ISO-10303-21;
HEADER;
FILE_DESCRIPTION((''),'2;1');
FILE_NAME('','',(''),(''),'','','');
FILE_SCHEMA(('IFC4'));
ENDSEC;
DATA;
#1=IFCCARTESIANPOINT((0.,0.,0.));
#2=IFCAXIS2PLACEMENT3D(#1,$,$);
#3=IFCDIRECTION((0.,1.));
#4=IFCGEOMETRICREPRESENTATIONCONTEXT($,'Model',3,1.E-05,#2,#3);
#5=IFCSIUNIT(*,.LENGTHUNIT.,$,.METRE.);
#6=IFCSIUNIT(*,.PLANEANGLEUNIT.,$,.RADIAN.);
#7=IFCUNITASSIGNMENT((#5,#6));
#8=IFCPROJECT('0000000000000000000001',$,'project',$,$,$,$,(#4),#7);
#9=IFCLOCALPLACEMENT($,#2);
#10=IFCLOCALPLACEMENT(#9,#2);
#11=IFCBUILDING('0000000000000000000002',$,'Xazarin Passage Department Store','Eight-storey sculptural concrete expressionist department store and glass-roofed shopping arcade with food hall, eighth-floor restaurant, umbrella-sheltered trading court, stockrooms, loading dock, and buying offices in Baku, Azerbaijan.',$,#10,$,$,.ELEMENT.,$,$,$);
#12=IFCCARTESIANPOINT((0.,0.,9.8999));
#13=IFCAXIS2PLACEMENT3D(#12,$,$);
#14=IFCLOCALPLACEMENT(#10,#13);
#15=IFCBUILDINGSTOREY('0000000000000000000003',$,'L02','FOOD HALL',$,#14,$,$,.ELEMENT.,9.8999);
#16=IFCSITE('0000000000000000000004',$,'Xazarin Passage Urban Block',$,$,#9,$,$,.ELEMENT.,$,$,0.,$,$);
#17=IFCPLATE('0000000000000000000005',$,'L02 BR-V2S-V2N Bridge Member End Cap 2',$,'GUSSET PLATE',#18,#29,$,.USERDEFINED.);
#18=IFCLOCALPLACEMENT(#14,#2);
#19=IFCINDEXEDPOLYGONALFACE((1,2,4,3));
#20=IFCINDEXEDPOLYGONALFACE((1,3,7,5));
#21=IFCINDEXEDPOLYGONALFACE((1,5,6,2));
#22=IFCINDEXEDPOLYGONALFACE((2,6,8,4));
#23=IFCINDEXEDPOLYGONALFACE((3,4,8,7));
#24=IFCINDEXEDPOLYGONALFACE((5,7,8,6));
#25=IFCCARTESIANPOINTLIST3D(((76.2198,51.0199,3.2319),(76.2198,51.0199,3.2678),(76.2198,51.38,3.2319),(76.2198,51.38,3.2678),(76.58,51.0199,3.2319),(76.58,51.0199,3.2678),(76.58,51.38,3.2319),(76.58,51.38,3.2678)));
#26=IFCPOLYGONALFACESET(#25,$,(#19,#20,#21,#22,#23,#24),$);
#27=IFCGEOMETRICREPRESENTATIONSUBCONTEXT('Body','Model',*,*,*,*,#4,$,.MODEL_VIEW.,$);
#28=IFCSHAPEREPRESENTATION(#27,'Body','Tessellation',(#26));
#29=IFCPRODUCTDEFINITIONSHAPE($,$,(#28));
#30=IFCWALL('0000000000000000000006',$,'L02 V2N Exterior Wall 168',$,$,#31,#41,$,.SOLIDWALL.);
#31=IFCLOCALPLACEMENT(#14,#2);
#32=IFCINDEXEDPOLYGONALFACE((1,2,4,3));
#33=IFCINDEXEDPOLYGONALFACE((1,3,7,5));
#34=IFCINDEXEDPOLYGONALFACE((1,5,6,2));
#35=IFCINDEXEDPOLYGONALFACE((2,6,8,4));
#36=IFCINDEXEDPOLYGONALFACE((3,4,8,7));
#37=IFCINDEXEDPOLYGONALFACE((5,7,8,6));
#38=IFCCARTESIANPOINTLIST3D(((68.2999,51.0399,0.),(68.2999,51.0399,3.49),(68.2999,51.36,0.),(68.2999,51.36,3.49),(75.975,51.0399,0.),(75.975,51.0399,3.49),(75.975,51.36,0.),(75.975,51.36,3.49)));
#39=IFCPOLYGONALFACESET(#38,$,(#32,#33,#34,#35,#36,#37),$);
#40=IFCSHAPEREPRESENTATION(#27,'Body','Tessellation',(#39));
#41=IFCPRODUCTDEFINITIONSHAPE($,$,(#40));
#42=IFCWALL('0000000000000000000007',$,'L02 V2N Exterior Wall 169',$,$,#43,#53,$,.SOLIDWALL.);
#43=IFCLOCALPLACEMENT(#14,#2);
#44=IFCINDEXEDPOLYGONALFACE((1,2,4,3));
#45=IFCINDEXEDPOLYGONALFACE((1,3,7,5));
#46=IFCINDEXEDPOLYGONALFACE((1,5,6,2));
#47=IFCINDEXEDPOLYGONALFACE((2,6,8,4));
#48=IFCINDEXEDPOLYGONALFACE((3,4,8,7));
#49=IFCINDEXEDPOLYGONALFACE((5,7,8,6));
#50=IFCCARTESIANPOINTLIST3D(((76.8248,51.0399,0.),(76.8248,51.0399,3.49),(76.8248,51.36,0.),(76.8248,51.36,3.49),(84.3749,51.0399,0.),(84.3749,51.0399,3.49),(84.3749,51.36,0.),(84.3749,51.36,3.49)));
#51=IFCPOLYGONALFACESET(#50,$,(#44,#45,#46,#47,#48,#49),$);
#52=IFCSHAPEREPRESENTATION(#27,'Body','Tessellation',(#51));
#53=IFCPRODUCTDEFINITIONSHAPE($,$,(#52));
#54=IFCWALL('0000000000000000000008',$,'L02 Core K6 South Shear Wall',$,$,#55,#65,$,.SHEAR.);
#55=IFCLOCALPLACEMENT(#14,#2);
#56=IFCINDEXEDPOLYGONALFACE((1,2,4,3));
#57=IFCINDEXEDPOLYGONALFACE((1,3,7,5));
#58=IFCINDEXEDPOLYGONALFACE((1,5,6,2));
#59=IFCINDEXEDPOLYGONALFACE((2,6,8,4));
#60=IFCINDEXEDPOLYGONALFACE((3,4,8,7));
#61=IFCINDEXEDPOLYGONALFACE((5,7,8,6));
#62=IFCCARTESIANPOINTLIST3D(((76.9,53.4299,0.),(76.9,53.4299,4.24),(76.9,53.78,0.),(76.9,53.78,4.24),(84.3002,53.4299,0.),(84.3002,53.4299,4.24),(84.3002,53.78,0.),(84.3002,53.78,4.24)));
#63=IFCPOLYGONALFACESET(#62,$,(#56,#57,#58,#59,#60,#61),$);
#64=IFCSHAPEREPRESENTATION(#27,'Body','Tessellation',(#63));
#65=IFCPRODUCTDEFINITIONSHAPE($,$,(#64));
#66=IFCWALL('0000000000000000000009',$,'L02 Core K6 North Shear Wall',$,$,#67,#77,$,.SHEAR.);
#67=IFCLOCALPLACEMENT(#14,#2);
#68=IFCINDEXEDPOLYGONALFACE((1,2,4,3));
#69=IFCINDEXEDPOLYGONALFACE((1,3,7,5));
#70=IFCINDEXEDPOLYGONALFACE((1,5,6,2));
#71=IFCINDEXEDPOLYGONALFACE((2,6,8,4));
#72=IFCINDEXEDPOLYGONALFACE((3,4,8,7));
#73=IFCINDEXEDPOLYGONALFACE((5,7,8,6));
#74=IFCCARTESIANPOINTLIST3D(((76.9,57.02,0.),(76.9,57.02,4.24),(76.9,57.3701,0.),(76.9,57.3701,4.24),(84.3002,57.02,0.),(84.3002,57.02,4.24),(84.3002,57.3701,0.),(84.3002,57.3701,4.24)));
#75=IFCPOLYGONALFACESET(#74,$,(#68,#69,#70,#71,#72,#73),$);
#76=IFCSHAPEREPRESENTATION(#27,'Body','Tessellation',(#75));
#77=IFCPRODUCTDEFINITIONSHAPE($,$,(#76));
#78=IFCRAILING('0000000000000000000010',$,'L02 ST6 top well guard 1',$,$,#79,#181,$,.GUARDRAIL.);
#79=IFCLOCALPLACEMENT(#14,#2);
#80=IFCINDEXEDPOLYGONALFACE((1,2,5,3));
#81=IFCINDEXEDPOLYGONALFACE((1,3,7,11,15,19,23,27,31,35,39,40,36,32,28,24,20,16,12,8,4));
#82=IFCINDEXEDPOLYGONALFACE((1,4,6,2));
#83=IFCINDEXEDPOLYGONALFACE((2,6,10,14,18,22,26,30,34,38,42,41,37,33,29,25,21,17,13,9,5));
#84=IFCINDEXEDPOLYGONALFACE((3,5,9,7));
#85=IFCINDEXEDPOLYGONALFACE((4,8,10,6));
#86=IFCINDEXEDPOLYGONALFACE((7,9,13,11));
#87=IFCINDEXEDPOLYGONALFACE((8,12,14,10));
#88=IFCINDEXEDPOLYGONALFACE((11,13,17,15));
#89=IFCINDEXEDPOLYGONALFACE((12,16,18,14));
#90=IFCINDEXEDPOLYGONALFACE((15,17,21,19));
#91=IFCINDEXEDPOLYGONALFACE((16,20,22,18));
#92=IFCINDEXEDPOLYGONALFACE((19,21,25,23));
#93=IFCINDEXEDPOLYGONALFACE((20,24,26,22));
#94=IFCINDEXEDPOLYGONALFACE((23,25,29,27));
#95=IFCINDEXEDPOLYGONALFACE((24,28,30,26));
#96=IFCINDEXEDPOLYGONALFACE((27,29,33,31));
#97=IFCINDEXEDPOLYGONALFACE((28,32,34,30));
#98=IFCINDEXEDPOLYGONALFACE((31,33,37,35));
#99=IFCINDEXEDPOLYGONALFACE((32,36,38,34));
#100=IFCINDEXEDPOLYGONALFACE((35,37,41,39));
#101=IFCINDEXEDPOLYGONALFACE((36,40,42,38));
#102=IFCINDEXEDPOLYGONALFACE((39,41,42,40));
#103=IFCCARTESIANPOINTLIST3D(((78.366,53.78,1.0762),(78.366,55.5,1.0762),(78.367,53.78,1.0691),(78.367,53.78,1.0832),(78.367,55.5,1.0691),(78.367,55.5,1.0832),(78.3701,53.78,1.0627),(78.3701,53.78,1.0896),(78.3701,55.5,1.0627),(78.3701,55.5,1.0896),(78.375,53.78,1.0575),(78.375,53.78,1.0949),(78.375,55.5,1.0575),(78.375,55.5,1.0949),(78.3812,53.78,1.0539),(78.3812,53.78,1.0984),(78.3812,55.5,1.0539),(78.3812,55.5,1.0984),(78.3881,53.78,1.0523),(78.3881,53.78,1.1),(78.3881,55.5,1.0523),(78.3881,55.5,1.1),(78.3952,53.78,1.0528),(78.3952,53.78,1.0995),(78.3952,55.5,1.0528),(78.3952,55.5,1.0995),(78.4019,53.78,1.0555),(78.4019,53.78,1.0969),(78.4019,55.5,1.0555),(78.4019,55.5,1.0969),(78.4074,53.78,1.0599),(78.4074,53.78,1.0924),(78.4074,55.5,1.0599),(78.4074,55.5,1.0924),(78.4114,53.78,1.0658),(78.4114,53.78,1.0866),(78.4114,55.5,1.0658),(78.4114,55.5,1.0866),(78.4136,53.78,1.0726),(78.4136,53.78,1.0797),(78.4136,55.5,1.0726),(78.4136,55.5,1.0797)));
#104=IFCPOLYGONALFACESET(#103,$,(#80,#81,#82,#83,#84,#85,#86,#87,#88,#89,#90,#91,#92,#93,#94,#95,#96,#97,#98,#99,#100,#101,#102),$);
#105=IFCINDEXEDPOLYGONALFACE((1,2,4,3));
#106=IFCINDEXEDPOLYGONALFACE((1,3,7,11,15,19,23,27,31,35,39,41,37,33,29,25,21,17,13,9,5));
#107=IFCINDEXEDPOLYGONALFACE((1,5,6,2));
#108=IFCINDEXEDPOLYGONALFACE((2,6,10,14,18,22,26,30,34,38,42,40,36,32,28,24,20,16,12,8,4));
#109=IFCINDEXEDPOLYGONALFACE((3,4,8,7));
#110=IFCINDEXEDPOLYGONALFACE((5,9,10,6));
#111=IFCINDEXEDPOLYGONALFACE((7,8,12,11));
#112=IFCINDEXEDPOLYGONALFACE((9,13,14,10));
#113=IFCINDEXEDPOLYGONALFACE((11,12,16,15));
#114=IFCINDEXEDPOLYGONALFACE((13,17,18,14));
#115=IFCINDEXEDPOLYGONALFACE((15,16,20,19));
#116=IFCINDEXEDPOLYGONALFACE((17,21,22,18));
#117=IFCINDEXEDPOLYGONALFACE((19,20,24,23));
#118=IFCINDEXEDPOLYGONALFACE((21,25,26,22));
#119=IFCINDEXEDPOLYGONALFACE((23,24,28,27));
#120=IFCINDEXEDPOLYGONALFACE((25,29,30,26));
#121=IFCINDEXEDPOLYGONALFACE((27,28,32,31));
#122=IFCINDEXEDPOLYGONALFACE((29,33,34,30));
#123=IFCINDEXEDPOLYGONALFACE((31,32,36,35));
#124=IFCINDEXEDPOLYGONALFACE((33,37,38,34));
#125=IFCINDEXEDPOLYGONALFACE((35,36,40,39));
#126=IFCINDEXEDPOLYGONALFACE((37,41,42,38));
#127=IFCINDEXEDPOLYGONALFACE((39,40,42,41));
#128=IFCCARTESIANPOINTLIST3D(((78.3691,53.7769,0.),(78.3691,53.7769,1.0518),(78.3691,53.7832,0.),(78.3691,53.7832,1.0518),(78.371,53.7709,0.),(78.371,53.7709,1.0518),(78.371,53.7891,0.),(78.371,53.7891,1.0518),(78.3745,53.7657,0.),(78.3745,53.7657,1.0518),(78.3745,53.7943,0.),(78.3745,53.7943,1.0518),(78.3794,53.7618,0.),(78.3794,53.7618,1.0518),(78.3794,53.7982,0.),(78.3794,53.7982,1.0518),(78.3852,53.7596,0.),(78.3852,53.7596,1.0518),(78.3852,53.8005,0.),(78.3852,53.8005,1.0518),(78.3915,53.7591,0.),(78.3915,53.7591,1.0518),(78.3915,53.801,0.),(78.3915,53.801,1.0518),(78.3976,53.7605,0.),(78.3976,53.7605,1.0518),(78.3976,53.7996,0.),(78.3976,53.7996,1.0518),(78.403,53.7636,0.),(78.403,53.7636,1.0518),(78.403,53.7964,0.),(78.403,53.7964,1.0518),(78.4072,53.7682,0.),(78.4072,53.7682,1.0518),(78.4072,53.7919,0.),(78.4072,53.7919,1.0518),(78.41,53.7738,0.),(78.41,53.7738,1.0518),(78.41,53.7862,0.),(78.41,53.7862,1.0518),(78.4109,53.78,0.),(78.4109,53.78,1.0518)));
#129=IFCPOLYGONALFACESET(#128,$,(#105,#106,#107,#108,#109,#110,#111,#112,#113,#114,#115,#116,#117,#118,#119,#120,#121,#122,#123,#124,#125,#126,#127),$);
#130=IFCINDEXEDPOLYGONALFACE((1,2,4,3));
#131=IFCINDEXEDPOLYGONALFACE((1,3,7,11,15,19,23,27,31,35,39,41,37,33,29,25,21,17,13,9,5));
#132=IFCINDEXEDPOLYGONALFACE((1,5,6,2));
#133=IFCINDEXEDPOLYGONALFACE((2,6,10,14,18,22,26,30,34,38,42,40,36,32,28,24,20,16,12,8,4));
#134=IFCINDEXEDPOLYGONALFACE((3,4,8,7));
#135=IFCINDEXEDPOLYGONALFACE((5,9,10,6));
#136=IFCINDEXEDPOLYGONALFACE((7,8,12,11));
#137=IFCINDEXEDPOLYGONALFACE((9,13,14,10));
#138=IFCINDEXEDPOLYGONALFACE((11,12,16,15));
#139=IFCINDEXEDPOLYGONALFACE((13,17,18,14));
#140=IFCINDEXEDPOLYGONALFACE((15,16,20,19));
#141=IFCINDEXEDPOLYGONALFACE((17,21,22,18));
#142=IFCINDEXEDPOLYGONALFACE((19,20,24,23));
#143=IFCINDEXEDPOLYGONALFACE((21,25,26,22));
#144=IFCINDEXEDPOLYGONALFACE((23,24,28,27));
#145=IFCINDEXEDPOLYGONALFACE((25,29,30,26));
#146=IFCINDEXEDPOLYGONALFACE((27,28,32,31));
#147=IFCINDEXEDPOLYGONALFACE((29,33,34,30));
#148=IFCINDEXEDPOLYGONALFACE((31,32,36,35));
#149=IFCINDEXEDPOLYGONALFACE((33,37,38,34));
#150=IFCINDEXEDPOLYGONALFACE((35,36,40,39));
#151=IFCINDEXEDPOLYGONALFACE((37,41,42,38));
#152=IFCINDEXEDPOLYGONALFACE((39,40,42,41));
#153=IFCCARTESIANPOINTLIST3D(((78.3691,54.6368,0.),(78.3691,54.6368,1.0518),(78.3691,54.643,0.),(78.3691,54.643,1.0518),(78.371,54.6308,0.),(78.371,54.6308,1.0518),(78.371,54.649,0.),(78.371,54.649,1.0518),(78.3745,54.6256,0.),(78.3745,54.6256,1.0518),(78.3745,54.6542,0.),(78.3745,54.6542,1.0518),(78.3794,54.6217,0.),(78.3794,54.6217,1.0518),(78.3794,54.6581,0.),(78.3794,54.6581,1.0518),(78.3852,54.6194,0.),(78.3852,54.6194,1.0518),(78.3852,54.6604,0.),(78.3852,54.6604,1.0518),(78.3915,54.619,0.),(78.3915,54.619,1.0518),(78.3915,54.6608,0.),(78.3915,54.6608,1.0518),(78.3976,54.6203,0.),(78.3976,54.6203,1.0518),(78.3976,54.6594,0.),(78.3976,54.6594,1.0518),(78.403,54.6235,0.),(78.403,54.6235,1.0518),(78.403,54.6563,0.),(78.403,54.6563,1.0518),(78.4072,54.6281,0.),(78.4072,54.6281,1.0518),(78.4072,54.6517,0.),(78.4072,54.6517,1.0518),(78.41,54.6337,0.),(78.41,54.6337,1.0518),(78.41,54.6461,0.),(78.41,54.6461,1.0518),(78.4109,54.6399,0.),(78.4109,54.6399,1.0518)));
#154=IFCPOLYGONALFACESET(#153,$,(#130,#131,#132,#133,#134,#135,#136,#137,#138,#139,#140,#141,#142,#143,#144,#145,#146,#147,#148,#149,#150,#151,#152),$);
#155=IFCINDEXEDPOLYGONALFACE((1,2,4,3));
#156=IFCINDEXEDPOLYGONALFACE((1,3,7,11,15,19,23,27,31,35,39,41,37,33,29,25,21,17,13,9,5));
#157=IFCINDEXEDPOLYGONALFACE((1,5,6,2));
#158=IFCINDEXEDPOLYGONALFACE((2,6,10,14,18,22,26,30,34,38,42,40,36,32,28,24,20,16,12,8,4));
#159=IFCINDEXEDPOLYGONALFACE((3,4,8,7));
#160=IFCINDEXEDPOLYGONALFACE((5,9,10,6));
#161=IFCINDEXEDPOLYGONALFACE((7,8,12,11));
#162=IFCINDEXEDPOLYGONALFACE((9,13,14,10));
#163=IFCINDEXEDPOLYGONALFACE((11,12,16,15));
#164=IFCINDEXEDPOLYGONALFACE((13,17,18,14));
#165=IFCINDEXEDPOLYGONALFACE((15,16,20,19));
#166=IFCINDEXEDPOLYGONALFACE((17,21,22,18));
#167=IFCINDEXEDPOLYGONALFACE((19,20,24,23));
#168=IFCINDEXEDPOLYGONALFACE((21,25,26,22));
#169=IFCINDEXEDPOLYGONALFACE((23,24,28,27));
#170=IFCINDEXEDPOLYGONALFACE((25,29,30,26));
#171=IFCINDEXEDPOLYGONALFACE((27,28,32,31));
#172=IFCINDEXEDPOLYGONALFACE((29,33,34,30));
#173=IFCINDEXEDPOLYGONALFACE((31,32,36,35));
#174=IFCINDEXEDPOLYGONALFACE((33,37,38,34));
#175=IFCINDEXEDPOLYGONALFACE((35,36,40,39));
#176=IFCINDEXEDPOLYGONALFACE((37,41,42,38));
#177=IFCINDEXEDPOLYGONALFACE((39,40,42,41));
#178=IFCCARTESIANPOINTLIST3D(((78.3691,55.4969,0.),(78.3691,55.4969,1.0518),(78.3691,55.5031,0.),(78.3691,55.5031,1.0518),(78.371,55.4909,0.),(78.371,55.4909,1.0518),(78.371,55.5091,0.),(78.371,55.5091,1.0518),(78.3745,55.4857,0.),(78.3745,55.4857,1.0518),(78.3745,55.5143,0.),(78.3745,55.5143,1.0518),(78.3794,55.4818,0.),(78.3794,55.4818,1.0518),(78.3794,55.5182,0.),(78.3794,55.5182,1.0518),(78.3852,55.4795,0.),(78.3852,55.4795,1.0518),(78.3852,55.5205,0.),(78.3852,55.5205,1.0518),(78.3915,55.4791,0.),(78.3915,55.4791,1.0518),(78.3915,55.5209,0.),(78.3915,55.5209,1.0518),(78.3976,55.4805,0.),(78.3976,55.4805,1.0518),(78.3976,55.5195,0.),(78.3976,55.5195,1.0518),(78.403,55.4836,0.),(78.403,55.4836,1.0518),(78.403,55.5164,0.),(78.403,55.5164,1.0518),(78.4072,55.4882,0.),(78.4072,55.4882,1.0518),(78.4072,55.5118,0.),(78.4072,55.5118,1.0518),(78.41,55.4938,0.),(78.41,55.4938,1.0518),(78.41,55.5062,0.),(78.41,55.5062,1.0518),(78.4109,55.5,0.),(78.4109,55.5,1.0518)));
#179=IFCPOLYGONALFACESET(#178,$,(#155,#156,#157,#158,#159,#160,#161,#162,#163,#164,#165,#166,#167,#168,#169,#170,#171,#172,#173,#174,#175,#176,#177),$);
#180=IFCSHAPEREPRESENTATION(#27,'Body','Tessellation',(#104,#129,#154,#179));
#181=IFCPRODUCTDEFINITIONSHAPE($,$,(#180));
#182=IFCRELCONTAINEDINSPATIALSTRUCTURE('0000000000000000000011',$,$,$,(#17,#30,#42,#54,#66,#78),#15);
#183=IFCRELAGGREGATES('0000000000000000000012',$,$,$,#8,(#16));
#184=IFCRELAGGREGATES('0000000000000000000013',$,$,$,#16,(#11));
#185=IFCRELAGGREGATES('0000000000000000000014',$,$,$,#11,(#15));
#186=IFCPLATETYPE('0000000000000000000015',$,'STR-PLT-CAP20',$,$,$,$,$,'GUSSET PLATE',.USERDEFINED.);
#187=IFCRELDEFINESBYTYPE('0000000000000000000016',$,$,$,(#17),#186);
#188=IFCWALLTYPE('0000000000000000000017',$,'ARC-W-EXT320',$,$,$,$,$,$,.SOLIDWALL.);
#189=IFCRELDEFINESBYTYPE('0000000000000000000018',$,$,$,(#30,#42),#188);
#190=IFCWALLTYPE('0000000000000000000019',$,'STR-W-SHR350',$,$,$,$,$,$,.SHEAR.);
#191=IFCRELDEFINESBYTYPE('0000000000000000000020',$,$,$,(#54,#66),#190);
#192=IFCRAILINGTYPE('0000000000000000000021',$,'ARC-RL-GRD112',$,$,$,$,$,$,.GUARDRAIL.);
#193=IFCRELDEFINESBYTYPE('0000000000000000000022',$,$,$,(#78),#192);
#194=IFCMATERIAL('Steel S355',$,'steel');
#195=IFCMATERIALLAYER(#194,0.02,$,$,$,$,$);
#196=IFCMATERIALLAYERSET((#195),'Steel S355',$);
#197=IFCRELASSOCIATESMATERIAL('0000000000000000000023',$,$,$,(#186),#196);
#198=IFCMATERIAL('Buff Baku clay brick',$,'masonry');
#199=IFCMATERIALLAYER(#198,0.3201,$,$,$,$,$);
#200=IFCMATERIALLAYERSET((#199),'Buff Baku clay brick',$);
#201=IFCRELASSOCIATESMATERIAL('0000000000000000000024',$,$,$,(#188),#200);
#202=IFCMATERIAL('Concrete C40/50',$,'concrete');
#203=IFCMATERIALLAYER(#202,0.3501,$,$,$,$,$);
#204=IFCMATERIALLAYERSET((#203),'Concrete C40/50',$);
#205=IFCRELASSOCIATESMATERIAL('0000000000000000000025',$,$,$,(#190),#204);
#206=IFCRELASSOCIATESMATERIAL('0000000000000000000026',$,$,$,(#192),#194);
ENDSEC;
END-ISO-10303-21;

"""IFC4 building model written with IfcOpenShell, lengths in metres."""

from ifc_helpers import new_model, si_unit, direction, frame, frame_2d, origin, origin_2d, place, context, subcontext, project, spatial, rectangle, circle, extrude, material, layer, layer_set, type_object, element, save


model = new_model("IFC4")

# Units and contexts
model_context = context("Model", 3, precision=1e-05, world=origin(), true_north=direction((0.0, 1.0)))
body_context = subcontext(model_context, "Body", "Model", "MODEL_VIEW")
ifc_project = project(units=[si_unit("LENGTHUNIT", "METRE"), si_unit("PLANEANGLEUNIT", "RADIAN")], contexts=[model_context])

# Site, building, storey
site_placement = place(None, origin())
site = spatial("IfcSite", under=ifc_project, at=site_placement, Name="Xazarin Passage Urban Block", CompositionType="ELEMENT", RefElevation=0.0)
building_placement = place(site_placement, origin())
building = spatial("IfcBuilding", under=site, at=building_placement, Name="Xazarin Passage Department Store", Description="Eight-storey sculptural concrete expressionist department store and glass-roofed shopping arcade with food hall, eighth-floor restaurant, umbrella-sheltered trading court, stockrooms, loading dock, and buying offices in Baku, Azerbaijan.", CompositionType="ELEMENT")
storey_placement = place(building_placement, frame((0.0, 0.0, 9.8999)))
storey = spatial("IfcBuildingStorey", under=building, at=storey_placement, Name="L02", Description="FOOD HALL", CompositionType="ELEMENT", Elevation=9.8999)

# Shared definitions
ifc_material_1 = material(Name="Concrete C40/50", Category="concrete")

# Plate
ifc_material_2 = material(Name="Steel S355", Category="steel")
ifc_layer_1 = layer(ifc_material_2, 0.02)
ifc_layer_set_1 = layer_set([ifc_layer_1], Name="Steel S355")
plate_type_1 = type_object("IfcPlateType", Name="STR-PLT-CAP20", ElementType="GUSSET PLATE", PredefinedType="USERDEFINED", material=ifc_layer_set_1)
plate_1_placement = place(storey_placement, frame((76.3999, 51.2, 3.2319), z_axis=(0.0, 0.0, 1.0), x_axis=(1.0, 0.0, 0.0)))
element("IfcPlate", 1, at=plate_1_placement, inside=storey, type_object=plate_type_1, Name="L02 BR-V2S-V2N Bridge Member End Cap 2", ObjectType="GUSSET PLATE", PredefinedType="USERDEFINED", context=body_context, shape_type="SweptSolid", body=[
    extrude(rectangle(XDim=0.3601, YDim=0.3601, at=origin_2d()), origin(), (0.0, 0.0, 1.0), 0.0359),
])

# Walls
ifc_material_3 = material(Name="Buff Baku clay brick", Category="masonry")
ifc_layer_2 = layer(ifc_material_3, 0.3201)
ifc_layer_set_2 = layer_set([ifc_layer_2], Name="Buff Baku clay brick")
wall_type_1 = type_object("IfcWallType", Name="ARC-W-EXT320", PredefinedType="SOLIDWALL", material=ifc_layer_set_2)
wall_1_placement = place(storey_placement, frame((68.3, 51.2, 0.0), z_axis=(0.0, 0.0, 1.0), x_axis=(1.0, 0.0, 0.0)))
element("IfcWall", 2, at=wall_1_placement, inside=storey, type_object=wall_type_1, Name="L02 V2N Exterior Wall 168", PredefinedType="SOLIDWALL", context=body_context, shape_type="SweptSolid", body=[
    extrude(rectangle(XDim=7.675, YDim=0.3201, at=frame_2d((3.8374, 0.0))), origin(), (0.0, 0.0, 1.0), 3.49),
])
wall_2_placement = place(storey_placement, frame((76.825, 51.2, 0.0), z_axis=(0.0, 0.0, 1.0), x_axis=(1.0, 0.0, 0.0)))
element("IfcWall", 3, at=wall_2_placement, inside=storey, type_object=wall_type_1, Name="L02 V2N Exterior Wall 169", PredefinedType="SOLIDWALL", context=body_context, shape_type="SweptSolid", body=[
    extrude(rectangle(XDim=7.55, YDim=0.3201, at=frame_2d((3.7749, 0.0))), origin(), (0.0, 0.0, 1.0), 3.49),
])

# Shared definitions
ifc_layer_3 = layer(ifc_material_1, 0.3501)
ifc_layer_set_3 = layer_set([ifc_layer_3], Name="Concrete C40/50")
wall_type_2 = type_object("IfcWallType", Name="STR-W-SHR350", PredefinedType="SHEAR", material=ifc_layer_set_3)

# Walls
for number, where, z_axis, x_axis, name in (
    (4, (76.8999, 53.605, 0.0), (0.0, 0.0, 1.0), (1.0, 0.0, 0.0), "L02 Core K6 South Shear Wall"),
    (5, (76.8999, 57.1951, 0.0), (0.0, 0.0, 1.0), (1.0, 0.0, 0.0), "L02 Core K6 North Shear Wall"),
):
    element("IfcWall", number, at=place(storey_placement, frame(where, z_axis=z_axis, x_axis=x_axis)), inside=storey, type_object=wall_type_2, Name=name, PredefinedType="SHEAR", context=body_context, shape_type="SweptSolid", body=[
        extrude(rectangle(XDim=7.4001, YDim=0.3501, at=frame_2d((3.7002, 0.0))), origin(), (0.0, 0.0, 1.0), 4.24),
    ])

# Railing
railing_type = type_object("IfcRailingType", Name="ARC-RL-GRD112", PredefinedType="GUARDRAIL", material=ifc_material_2)
railing_placement = place(storey_placement, frame((78.3899, 53.78, 0.0)))
element("IfcRailing", 6, at=railing_placement, inside=storey, type_object=railing_type, Name="L02 ST6 top well guard 1", PredefinedType="GUARDRAIL", context=body_context, shape_type="SweptSolid", body=[
    extrude(circle(Radius=0.0239, at=origin_2d()), frame((0.0, 0.0, 1.0762), z_axis=(0.0, 1.0, 0.0), x_axis=(-1.0, 0.0, 0.0)), (0.0, 0.0, 1.0), 1.72),
    extrude(circle(Radius=0.021, at=origin_2d()), origin(), (0.0, 0.0, 1.0), 1.0518),
    extrude(circle(Radius=0.021, at=origin_2d()), frame((0.0, 0.8599, 0.0)), (0.0, 0.0, 1.0), 1.0518),
    extrude(circle(Radius=0.021, at=origin_2d()), frame((0.0, 1.72, 0.0)), (0.0, 0.0, 1.0), 1.0518),
])

save(model, "model.ifc")
